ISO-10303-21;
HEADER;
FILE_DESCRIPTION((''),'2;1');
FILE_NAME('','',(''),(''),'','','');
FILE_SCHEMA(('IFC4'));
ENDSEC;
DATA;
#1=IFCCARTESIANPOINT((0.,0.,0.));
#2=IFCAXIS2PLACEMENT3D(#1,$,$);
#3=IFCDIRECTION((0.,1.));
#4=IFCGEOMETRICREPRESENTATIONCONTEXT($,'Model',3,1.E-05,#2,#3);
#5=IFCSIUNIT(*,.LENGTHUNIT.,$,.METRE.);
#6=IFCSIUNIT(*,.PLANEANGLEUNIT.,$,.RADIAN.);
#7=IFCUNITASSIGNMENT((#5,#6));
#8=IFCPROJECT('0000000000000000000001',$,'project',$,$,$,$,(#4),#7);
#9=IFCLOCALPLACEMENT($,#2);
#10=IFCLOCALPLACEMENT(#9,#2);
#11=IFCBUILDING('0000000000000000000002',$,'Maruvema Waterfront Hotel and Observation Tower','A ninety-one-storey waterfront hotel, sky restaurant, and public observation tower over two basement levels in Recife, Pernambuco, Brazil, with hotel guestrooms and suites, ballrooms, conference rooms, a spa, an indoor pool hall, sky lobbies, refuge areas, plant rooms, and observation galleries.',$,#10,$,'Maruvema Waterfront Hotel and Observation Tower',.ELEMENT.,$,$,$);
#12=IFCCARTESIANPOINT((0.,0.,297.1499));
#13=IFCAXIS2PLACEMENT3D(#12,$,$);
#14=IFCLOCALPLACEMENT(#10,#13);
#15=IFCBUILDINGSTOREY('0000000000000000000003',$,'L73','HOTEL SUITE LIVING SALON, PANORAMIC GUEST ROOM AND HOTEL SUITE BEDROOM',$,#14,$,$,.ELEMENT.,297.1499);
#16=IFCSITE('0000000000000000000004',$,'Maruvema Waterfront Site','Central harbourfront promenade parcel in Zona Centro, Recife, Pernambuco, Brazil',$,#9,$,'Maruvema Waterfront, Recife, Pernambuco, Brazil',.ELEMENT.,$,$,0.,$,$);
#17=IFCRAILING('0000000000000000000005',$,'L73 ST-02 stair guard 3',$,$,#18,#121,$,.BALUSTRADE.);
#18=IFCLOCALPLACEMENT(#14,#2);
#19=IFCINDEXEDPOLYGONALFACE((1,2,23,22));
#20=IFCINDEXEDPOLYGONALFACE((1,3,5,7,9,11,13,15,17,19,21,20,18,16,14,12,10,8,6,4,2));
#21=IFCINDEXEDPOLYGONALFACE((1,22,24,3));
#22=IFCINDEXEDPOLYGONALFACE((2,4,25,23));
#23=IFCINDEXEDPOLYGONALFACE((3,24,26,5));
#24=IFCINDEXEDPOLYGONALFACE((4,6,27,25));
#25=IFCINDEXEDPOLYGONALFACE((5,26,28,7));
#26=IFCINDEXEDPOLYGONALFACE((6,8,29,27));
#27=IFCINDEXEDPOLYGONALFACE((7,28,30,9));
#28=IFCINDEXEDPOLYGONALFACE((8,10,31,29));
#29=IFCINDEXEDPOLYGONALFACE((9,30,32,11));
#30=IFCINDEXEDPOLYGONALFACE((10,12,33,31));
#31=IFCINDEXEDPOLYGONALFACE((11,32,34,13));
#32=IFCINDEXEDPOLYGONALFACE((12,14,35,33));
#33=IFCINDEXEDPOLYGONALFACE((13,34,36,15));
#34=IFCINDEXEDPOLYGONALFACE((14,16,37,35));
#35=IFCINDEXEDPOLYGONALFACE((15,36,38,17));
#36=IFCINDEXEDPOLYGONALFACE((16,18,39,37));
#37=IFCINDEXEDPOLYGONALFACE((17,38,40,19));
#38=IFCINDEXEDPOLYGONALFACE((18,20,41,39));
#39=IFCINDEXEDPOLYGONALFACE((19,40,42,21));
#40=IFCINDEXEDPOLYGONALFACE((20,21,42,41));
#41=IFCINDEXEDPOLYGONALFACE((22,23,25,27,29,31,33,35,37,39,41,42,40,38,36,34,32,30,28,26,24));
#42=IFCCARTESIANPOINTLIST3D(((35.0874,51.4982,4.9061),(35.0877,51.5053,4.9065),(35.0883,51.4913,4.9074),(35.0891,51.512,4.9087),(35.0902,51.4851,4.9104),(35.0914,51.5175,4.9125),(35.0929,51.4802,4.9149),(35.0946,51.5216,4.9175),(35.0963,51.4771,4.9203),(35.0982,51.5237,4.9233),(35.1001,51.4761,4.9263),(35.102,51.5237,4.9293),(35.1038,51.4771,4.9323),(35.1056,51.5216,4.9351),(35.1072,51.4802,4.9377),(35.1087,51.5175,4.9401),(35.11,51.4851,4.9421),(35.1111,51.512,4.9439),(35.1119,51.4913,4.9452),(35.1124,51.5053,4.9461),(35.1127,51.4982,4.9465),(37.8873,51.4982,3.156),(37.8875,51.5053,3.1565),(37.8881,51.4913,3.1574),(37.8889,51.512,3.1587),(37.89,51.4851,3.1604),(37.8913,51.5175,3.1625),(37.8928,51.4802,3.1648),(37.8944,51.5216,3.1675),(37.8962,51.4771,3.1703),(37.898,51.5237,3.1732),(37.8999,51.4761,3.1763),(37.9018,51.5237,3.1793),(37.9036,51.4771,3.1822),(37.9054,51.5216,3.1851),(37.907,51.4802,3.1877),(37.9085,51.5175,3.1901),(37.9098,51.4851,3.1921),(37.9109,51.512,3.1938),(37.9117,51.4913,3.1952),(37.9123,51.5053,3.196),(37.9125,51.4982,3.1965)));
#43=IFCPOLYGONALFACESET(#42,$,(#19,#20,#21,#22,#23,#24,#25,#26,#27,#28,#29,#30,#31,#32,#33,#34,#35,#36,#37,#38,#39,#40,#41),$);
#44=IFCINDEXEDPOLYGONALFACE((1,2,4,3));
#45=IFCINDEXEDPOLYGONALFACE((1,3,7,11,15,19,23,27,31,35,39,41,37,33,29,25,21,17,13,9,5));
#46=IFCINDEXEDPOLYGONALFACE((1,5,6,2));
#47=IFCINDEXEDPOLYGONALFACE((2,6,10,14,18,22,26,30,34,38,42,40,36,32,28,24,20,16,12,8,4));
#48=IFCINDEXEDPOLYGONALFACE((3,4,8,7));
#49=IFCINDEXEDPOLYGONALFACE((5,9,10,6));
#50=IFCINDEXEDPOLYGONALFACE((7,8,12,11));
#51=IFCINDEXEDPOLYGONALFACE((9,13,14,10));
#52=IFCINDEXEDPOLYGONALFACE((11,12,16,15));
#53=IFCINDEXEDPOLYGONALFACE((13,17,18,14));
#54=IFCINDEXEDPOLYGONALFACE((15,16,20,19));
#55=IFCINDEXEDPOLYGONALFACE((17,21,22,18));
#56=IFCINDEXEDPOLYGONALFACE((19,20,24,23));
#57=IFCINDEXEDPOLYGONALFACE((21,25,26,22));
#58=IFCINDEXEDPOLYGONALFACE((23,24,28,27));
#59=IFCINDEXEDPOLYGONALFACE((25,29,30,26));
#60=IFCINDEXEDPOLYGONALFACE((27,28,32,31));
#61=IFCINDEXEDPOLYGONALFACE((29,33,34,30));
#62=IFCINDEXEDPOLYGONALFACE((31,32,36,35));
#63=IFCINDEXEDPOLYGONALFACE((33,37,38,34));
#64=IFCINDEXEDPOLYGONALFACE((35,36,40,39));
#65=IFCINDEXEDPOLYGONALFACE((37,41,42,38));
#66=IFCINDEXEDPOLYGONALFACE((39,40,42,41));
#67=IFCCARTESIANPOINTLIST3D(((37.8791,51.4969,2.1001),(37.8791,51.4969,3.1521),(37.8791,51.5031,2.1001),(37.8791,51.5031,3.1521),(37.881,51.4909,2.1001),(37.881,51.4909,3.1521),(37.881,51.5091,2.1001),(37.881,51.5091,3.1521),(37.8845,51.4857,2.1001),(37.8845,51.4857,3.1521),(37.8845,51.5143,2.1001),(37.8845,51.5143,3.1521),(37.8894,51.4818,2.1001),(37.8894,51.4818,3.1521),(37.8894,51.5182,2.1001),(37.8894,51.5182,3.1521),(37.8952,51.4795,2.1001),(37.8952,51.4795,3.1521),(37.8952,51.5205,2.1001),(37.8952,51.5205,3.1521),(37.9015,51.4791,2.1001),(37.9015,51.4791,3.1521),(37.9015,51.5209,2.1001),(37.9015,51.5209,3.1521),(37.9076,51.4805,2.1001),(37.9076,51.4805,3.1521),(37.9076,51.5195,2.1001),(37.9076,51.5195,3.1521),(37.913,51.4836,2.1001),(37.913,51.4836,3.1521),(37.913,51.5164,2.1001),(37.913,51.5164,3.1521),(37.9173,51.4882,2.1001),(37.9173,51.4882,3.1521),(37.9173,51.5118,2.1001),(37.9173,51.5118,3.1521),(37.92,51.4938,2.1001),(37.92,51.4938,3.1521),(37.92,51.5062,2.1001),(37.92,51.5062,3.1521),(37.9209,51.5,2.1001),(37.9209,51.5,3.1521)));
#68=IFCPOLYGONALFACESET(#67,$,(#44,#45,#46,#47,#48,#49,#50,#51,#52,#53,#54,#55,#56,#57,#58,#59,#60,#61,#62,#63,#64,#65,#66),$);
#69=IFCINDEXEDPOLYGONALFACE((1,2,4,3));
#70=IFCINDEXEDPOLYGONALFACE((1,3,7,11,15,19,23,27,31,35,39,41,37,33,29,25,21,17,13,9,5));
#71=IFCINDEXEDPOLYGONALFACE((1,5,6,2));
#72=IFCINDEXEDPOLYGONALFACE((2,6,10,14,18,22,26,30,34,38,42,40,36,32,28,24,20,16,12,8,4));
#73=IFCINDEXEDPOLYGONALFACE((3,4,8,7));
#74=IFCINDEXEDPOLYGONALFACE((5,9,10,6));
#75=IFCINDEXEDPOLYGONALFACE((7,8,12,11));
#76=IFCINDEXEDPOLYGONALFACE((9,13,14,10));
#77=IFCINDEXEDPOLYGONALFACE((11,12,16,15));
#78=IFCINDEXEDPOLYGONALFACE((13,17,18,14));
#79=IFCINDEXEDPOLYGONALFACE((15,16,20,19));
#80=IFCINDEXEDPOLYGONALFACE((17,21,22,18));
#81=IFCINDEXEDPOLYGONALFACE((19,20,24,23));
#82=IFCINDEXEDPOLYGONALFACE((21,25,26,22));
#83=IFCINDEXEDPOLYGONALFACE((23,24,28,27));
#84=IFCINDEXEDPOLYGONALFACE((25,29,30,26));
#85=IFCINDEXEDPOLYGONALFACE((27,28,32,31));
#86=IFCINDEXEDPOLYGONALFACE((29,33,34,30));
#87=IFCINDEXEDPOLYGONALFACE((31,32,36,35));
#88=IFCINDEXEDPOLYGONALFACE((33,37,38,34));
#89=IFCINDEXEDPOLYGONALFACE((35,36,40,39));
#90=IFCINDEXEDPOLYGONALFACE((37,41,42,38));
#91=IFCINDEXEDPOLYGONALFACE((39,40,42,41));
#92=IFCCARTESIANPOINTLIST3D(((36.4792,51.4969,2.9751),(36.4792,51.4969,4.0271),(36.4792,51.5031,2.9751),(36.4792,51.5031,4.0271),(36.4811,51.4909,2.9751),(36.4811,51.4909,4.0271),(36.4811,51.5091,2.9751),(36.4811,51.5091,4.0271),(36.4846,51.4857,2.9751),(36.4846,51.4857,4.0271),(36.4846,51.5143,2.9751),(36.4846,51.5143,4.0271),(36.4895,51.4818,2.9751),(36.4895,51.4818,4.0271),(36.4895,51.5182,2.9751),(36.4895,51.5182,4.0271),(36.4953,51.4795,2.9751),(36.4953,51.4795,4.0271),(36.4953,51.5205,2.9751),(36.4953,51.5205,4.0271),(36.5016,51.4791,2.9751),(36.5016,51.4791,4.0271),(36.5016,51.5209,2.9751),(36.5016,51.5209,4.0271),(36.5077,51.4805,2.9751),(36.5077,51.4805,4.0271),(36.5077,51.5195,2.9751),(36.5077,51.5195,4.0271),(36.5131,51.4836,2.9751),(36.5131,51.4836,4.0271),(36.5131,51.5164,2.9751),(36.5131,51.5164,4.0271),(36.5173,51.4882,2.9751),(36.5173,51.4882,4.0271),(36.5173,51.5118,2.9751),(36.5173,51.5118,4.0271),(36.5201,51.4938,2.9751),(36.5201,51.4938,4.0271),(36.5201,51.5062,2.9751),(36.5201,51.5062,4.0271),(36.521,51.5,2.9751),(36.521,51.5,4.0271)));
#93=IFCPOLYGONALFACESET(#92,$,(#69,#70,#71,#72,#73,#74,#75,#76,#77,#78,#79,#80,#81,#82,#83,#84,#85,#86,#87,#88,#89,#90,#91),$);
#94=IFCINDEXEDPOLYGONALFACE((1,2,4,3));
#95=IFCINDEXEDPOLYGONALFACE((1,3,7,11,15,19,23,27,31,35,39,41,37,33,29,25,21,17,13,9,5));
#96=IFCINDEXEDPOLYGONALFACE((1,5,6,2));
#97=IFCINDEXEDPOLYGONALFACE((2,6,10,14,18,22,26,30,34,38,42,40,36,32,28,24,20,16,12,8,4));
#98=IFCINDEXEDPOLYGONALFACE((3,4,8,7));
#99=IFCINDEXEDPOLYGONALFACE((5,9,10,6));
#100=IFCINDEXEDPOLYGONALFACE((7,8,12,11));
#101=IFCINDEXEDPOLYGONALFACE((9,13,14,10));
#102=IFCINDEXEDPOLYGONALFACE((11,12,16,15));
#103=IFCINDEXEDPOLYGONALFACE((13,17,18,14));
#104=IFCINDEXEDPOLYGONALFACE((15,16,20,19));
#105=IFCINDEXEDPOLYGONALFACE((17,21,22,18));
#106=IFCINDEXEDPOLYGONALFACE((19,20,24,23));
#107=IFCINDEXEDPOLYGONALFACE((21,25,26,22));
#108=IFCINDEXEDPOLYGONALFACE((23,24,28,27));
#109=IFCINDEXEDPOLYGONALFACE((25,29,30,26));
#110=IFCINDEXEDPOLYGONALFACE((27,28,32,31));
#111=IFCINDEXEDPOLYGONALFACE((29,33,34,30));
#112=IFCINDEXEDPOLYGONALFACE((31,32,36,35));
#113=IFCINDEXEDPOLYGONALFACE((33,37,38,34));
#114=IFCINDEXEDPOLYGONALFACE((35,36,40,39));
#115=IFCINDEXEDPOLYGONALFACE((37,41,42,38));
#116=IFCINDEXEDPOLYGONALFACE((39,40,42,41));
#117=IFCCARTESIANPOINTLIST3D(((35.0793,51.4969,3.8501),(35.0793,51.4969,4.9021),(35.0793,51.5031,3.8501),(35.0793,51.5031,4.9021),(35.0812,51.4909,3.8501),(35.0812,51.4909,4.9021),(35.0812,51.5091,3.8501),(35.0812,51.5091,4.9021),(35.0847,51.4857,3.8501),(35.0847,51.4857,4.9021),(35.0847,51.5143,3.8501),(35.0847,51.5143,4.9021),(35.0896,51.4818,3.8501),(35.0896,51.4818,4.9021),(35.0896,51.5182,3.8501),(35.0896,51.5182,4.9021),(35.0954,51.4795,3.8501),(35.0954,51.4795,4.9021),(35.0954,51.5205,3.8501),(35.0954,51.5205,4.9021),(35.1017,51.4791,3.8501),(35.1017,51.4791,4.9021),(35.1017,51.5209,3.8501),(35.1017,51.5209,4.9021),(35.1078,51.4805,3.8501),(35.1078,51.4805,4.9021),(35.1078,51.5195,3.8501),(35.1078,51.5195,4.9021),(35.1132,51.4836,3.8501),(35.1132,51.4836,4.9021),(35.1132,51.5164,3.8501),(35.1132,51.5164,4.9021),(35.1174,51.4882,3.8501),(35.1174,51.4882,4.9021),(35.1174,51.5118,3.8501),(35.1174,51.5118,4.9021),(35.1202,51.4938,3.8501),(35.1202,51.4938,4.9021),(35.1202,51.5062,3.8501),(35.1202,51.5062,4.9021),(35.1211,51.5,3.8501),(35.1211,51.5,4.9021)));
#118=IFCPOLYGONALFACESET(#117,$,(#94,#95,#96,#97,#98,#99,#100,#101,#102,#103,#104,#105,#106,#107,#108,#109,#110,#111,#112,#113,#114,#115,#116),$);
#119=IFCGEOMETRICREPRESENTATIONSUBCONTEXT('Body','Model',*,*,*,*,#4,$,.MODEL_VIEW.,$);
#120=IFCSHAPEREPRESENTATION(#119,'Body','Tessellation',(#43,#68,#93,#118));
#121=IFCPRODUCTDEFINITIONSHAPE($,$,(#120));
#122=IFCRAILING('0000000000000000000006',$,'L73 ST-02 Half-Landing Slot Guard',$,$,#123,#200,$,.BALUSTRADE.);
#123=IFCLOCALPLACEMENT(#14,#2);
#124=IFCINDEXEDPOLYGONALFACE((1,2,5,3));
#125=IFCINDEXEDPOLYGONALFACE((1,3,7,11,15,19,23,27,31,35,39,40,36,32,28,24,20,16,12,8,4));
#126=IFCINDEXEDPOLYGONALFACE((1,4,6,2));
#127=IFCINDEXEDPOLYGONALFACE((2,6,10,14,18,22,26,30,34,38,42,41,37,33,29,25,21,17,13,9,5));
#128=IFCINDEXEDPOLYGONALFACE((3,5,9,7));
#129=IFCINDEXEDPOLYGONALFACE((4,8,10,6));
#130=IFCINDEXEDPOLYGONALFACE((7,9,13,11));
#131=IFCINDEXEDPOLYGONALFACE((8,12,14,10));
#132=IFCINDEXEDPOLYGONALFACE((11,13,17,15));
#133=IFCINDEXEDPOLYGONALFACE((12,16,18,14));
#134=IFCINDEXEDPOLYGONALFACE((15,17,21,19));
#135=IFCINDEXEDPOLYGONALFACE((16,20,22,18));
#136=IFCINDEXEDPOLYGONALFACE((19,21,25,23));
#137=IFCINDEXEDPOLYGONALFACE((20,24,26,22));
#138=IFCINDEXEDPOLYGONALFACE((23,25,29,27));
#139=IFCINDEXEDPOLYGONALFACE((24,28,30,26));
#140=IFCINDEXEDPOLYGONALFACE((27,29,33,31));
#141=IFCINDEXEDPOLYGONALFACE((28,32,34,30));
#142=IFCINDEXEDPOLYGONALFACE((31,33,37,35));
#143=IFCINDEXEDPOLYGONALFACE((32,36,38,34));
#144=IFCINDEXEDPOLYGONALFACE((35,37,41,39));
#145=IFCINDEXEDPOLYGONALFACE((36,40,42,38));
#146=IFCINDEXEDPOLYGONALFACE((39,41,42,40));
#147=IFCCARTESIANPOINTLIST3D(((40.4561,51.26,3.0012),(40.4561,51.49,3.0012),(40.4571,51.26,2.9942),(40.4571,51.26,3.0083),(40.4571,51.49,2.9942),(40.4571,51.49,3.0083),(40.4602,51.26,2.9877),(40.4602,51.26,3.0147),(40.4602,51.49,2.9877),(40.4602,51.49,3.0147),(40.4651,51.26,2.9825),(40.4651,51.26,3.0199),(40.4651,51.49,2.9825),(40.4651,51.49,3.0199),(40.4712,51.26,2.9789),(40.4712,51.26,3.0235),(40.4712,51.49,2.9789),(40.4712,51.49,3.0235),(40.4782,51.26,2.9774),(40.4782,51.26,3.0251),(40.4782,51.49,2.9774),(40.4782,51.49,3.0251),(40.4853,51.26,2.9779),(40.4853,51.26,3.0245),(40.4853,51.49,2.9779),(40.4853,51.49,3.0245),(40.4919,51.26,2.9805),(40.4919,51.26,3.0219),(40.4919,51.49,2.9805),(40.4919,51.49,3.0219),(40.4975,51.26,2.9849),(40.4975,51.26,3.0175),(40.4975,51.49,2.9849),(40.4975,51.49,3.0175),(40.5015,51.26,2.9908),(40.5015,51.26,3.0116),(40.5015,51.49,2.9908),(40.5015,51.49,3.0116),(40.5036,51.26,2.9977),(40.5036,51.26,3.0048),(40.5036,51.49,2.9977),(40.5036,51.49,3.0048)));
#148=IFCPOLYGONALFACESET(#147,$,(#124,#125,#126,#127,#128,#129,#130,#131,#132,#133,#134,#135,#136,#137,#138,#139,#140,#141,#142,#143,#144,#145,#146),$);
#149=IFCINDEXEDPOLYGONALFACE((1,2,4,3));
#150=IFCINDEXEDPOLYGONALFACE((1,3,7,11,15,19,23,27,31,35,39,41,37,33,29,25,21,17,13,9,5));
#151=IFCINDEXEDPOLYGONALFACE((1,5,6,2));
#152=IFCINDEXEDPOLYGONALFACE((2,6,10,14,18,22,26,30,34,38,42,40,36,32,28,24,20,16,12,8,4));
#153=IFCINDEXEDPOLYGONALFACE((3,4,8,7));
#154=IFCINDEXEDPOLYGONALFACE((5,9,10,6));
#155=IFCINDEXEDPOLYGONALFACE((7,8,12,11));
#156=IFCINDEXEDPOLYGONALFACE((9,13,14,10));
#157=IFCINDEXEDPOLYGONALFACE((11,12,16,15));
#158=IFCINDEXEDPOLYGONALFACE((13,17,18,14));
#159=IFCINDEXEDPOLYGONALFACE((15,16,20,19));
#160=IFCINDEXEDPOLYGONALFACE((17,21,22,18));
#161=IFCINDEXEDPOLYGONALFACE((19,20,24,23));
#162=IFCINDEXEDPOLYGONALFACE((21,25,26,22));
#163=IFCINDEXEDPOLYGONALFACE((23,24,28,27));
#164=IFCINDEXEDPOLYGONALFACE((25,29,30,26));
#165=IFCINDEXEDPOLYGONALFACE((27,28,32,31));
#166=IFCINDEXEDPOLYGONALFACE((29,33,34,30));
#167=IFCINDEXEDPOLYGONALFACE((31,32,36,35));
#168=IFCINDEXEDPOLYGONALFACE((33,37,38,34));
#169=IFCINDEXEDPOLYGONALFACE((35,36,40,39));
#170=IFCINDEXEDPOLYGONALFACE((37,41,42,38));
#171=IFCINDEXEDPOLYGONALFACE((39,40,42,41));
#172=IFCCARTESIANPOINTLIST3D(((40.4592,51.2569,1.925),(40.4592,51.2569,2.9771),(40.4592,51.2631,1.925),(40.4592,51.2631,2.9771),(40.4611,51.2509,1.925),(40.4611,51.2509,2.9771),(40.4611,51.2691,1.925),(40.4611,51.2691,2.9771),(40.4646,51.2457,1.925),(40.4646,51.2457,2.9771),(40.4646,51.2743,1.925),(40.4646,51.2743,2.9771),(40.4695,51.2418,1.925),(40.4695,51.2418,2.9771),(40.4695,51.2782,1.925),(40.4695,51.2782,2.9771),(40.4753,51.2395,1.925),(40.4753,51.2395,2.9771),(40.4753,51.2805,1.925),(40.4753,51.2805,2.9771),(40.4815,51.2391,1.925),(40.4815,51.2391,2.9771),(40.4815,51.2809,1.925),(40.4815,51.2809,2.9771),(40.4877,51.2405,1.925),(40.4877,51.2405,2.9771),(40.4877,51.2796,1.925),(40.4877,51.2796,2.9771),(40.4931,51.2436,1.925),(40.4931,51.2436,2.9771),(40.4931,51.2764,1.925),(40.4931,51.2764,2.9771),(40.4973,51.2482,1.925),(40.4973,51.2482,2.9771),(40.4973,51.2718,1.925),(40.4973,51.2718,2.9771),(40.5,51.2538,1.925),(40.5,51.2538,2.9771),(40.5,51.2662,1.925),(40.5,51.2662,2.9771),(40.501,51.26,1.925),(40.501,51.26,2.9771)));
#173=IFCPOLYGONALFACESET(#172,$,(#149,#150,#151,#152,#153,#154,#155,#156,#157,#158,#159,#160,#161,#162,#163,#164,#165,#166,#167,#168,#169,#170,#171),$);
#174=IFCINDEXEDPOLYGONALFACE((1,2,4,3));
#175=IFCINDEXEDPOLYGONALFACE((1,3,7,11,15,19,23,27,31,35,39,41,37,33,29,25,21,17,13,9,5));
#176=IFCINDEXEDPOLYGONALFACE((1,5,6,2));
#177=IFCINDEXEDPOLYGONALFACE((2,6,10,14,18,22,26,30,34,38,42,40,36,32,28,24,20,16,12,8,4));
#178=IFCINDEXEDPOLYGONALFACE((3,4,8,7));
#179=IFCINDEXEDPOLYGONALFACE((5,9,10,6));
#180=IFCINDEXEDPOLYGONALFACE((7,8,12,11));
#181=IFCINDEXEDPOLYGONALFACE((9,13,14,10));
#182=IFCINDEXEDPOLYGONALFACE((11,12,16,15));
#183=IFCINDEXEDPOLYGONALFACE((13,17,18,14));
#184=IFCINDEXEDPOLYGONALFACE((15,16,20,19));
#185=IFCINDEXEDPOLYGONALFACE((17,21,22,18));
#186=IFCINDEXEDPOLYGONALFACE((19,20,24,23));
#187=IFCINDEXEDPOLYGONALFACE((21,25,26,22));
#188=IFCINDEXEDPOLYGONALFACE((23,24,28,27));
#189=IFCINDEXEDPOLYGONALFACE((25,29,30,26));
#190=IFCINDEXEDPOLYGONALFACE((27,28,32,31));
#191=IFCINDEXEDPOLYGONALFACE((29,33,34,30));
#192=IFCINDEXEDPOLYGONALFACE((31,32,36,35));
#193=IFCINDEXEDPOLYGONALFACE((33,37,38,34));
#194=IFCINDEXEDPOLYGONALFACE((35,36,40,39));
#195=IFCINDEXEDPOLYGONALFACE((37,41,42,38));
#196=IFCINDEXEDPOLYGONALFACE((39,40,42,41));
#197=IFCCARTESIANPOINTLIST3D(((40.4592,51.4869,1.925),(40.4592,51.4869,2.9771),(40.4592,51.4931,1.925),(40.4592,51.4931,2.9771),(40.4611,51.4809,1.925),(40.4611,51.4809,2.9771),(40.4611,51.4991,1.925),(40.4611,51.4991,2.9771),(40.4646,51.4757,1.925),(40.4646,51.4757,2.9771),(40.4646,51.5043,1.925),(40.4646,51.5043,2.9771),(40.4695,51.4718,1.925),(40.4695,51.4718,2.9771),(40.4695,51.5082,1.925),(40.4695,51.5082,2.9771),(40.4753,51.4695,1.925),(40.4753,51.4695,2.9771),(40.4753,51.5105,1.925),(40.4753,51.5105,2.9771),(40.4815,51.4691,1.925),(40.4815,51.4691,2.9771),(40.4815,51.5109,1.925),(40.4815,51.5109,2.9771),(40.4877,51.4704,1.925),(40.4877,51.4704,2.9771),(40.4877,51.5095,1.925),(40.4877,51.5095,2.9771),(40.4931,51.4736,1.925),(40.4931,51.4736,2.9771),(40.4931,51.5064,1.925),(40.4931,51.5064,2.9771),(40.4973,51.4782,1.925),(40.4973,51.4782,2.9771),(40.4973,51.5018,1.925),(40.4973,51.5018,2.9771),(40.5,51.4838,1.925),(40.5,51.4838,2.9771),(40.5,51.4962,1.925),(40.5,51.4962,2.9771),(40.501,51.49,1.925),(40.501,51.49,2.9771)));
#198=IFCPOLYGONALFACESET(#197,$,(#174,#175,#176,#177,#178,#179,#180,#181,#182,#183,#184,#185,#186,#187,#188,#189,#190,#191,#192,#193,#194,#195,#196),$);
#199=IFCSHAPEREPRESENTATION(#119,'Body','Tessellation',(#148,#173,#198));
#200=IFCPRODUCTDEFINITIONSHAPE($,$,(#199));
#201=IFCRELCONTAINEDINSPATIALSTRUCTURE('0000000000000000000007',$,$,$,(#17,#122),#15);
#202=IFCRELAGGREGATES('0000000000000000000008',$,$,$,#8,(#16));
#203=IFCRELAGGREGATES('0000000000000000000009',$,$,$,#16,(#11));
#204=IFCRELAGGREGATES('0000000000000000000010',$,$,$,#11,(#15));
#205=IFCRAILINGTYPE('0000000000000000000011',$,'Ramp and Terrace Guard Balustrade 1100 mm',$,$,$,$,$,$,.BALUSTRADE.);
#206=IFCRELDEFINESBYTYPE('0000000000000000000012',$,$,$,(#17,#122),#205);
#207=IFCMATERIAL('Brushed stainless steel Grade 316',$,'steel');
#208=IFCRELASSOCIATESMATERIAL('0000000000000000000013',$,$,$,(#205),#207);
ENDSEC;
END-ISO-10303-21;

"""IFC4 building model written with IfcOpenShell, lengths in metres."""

from ifc_helpers import new_model, si_unit, direction, frame, origin, origin_2d, place, context, subcontext, project, spatial, circle, extrude, material, type_object, element, save


model = new_model("IFC4")

# Units and contexts
model_context = context("Model", 3, precision=1e-05, world=origin(), true_north=direction((0.0, 1.0)))
body_context = subcontext(model_context, "Body", "Model", "MODEL_VIEW")
ifc_project = project(units=[si_unit("LENGTHUNIT", "METRE"), si_unit("PLANEANGLEUNIT", "RADIAN")], contexts=[model_context])

# Site, building, storey
site_placement = place(None, origin())
site = spatial("IfcSite", under=ifc_project, at=site_placement, Name="Maruvema Waterfront Site", Description="Central harbourfront promenade parcel in Zona Centro, Recife, Pernambuco, Brazil", LongName="Maruvema Waterfront, Recife, Pernambuco, Brazil", CompositionType="ELEMENT", RefElevation=0.0)
building_placement = place(site_placement, origin())
building = spatial("IfcBuilding", under=site, at=building_placement, Name="Maruvema Waterfront Hotel and Observation Tower", Description="A ninety-one-storey waterfront hotel, sky restaurant, and public observation tower over two basement levels in Recife, Pernambuco, Brazil, with hotel guestrooms and suites, ballrooms, conference rooms, a spa, an indoor pool hall, sky lobbies, refuge areas, plant rooms, and observation galleries.", LongName="Maruvema Waterfront Hotel and Observation Tower", CompositionType="ELEMENT")
storey_placement = place(building_placement, frame((0.0, 0.0, 297.1499)))
storey = spatial("IfcBuildingStorey", under=building, at=storey_placement, Name="L73", Description="HOTEL SUITE LIVING SALON, PANORAMIC GUEST ROOM AND HOTEL SUITE BEDROOM", CompositionType="ELEMENT", Elevation=297.1499)

# Railings
ifc_material_1 = material(Name="Brushed stainless steel Grade 316", Category="steel")
railing_type_1 = type_object("IfcRailingType", Name="Ramp and Terrace Guard Balustrade 1100 mm", PredefinedType="BALUSTRADE", material=ifc_material_1)
railing_1_placement = place(storey_placement, frame((37.8999, 51.5, 2.1001)))
element("IfcRailing", 1, at=railing_1_placement, inside=storey, type_object=railing_type_1, Name="L73 ST-02 stair guard 3", PredefinedType="BALUSTRADE", context=body_context, shape_type="SweptSolid", body=[
    extrude(circle(Radius=0.0239, at=origin_2d()), frame((0.0, 0.0, 1.0762), z_axis=(-0.847982, 0.0, 0.530026), x_axis=(0.0, -1.0, 0.0)), (0.0, 0.0, 1.0), 3.3018),
    extrude(circle(Radius=0.021, at=origin_2d()), origin(), (0.0, 0.0, 1.0), 1.052),
    extrude(circle(Radius=0.021, at=origin_2d()), frame((-1.3999, 0.0, 0.875)), (0.0, 0.0, 1.0), 1.052),
    extrude(circle(Radius=0.021, at=origin_2d()), frame((-2.7998, 0.0, 1.75)), (0.0, 0.0, 1.0), 1.052),
])
railing_2_placement = place(storey_placement, frame((40.48, 51.26, 1.925)))
element("IfcRailing", 2, at=railing_2_placement, inside=storey, type_object=railing_type_1, Name="L73 ST-02 Half-Landing Slot Guard", PredefinedType="BALUSTRADE", context=body_context, shape_type="SweptSolid", body=[
    extrude(circle(Radius=0.0239, at=origin_2d()), frame((0.0, 0.0, 1.0762), z_axis=(0.0, 1.0, 0.0), x_axis=(-1.0, 0.0, 0.0)), (0.0, 0.0, 1.0), 0.23),
    extrude(circle(Radius=0.021, at=origin_2d()), origin(), (0.0, 0.0, 1.0), 1.052),
    extrude(circle(Radius=0.021, at=origin_2d()), frame((0.0, 0.23, 0.0)), (0.0, 0.0, 1.0), 1.052),
])

save(model, "model.ifc")
